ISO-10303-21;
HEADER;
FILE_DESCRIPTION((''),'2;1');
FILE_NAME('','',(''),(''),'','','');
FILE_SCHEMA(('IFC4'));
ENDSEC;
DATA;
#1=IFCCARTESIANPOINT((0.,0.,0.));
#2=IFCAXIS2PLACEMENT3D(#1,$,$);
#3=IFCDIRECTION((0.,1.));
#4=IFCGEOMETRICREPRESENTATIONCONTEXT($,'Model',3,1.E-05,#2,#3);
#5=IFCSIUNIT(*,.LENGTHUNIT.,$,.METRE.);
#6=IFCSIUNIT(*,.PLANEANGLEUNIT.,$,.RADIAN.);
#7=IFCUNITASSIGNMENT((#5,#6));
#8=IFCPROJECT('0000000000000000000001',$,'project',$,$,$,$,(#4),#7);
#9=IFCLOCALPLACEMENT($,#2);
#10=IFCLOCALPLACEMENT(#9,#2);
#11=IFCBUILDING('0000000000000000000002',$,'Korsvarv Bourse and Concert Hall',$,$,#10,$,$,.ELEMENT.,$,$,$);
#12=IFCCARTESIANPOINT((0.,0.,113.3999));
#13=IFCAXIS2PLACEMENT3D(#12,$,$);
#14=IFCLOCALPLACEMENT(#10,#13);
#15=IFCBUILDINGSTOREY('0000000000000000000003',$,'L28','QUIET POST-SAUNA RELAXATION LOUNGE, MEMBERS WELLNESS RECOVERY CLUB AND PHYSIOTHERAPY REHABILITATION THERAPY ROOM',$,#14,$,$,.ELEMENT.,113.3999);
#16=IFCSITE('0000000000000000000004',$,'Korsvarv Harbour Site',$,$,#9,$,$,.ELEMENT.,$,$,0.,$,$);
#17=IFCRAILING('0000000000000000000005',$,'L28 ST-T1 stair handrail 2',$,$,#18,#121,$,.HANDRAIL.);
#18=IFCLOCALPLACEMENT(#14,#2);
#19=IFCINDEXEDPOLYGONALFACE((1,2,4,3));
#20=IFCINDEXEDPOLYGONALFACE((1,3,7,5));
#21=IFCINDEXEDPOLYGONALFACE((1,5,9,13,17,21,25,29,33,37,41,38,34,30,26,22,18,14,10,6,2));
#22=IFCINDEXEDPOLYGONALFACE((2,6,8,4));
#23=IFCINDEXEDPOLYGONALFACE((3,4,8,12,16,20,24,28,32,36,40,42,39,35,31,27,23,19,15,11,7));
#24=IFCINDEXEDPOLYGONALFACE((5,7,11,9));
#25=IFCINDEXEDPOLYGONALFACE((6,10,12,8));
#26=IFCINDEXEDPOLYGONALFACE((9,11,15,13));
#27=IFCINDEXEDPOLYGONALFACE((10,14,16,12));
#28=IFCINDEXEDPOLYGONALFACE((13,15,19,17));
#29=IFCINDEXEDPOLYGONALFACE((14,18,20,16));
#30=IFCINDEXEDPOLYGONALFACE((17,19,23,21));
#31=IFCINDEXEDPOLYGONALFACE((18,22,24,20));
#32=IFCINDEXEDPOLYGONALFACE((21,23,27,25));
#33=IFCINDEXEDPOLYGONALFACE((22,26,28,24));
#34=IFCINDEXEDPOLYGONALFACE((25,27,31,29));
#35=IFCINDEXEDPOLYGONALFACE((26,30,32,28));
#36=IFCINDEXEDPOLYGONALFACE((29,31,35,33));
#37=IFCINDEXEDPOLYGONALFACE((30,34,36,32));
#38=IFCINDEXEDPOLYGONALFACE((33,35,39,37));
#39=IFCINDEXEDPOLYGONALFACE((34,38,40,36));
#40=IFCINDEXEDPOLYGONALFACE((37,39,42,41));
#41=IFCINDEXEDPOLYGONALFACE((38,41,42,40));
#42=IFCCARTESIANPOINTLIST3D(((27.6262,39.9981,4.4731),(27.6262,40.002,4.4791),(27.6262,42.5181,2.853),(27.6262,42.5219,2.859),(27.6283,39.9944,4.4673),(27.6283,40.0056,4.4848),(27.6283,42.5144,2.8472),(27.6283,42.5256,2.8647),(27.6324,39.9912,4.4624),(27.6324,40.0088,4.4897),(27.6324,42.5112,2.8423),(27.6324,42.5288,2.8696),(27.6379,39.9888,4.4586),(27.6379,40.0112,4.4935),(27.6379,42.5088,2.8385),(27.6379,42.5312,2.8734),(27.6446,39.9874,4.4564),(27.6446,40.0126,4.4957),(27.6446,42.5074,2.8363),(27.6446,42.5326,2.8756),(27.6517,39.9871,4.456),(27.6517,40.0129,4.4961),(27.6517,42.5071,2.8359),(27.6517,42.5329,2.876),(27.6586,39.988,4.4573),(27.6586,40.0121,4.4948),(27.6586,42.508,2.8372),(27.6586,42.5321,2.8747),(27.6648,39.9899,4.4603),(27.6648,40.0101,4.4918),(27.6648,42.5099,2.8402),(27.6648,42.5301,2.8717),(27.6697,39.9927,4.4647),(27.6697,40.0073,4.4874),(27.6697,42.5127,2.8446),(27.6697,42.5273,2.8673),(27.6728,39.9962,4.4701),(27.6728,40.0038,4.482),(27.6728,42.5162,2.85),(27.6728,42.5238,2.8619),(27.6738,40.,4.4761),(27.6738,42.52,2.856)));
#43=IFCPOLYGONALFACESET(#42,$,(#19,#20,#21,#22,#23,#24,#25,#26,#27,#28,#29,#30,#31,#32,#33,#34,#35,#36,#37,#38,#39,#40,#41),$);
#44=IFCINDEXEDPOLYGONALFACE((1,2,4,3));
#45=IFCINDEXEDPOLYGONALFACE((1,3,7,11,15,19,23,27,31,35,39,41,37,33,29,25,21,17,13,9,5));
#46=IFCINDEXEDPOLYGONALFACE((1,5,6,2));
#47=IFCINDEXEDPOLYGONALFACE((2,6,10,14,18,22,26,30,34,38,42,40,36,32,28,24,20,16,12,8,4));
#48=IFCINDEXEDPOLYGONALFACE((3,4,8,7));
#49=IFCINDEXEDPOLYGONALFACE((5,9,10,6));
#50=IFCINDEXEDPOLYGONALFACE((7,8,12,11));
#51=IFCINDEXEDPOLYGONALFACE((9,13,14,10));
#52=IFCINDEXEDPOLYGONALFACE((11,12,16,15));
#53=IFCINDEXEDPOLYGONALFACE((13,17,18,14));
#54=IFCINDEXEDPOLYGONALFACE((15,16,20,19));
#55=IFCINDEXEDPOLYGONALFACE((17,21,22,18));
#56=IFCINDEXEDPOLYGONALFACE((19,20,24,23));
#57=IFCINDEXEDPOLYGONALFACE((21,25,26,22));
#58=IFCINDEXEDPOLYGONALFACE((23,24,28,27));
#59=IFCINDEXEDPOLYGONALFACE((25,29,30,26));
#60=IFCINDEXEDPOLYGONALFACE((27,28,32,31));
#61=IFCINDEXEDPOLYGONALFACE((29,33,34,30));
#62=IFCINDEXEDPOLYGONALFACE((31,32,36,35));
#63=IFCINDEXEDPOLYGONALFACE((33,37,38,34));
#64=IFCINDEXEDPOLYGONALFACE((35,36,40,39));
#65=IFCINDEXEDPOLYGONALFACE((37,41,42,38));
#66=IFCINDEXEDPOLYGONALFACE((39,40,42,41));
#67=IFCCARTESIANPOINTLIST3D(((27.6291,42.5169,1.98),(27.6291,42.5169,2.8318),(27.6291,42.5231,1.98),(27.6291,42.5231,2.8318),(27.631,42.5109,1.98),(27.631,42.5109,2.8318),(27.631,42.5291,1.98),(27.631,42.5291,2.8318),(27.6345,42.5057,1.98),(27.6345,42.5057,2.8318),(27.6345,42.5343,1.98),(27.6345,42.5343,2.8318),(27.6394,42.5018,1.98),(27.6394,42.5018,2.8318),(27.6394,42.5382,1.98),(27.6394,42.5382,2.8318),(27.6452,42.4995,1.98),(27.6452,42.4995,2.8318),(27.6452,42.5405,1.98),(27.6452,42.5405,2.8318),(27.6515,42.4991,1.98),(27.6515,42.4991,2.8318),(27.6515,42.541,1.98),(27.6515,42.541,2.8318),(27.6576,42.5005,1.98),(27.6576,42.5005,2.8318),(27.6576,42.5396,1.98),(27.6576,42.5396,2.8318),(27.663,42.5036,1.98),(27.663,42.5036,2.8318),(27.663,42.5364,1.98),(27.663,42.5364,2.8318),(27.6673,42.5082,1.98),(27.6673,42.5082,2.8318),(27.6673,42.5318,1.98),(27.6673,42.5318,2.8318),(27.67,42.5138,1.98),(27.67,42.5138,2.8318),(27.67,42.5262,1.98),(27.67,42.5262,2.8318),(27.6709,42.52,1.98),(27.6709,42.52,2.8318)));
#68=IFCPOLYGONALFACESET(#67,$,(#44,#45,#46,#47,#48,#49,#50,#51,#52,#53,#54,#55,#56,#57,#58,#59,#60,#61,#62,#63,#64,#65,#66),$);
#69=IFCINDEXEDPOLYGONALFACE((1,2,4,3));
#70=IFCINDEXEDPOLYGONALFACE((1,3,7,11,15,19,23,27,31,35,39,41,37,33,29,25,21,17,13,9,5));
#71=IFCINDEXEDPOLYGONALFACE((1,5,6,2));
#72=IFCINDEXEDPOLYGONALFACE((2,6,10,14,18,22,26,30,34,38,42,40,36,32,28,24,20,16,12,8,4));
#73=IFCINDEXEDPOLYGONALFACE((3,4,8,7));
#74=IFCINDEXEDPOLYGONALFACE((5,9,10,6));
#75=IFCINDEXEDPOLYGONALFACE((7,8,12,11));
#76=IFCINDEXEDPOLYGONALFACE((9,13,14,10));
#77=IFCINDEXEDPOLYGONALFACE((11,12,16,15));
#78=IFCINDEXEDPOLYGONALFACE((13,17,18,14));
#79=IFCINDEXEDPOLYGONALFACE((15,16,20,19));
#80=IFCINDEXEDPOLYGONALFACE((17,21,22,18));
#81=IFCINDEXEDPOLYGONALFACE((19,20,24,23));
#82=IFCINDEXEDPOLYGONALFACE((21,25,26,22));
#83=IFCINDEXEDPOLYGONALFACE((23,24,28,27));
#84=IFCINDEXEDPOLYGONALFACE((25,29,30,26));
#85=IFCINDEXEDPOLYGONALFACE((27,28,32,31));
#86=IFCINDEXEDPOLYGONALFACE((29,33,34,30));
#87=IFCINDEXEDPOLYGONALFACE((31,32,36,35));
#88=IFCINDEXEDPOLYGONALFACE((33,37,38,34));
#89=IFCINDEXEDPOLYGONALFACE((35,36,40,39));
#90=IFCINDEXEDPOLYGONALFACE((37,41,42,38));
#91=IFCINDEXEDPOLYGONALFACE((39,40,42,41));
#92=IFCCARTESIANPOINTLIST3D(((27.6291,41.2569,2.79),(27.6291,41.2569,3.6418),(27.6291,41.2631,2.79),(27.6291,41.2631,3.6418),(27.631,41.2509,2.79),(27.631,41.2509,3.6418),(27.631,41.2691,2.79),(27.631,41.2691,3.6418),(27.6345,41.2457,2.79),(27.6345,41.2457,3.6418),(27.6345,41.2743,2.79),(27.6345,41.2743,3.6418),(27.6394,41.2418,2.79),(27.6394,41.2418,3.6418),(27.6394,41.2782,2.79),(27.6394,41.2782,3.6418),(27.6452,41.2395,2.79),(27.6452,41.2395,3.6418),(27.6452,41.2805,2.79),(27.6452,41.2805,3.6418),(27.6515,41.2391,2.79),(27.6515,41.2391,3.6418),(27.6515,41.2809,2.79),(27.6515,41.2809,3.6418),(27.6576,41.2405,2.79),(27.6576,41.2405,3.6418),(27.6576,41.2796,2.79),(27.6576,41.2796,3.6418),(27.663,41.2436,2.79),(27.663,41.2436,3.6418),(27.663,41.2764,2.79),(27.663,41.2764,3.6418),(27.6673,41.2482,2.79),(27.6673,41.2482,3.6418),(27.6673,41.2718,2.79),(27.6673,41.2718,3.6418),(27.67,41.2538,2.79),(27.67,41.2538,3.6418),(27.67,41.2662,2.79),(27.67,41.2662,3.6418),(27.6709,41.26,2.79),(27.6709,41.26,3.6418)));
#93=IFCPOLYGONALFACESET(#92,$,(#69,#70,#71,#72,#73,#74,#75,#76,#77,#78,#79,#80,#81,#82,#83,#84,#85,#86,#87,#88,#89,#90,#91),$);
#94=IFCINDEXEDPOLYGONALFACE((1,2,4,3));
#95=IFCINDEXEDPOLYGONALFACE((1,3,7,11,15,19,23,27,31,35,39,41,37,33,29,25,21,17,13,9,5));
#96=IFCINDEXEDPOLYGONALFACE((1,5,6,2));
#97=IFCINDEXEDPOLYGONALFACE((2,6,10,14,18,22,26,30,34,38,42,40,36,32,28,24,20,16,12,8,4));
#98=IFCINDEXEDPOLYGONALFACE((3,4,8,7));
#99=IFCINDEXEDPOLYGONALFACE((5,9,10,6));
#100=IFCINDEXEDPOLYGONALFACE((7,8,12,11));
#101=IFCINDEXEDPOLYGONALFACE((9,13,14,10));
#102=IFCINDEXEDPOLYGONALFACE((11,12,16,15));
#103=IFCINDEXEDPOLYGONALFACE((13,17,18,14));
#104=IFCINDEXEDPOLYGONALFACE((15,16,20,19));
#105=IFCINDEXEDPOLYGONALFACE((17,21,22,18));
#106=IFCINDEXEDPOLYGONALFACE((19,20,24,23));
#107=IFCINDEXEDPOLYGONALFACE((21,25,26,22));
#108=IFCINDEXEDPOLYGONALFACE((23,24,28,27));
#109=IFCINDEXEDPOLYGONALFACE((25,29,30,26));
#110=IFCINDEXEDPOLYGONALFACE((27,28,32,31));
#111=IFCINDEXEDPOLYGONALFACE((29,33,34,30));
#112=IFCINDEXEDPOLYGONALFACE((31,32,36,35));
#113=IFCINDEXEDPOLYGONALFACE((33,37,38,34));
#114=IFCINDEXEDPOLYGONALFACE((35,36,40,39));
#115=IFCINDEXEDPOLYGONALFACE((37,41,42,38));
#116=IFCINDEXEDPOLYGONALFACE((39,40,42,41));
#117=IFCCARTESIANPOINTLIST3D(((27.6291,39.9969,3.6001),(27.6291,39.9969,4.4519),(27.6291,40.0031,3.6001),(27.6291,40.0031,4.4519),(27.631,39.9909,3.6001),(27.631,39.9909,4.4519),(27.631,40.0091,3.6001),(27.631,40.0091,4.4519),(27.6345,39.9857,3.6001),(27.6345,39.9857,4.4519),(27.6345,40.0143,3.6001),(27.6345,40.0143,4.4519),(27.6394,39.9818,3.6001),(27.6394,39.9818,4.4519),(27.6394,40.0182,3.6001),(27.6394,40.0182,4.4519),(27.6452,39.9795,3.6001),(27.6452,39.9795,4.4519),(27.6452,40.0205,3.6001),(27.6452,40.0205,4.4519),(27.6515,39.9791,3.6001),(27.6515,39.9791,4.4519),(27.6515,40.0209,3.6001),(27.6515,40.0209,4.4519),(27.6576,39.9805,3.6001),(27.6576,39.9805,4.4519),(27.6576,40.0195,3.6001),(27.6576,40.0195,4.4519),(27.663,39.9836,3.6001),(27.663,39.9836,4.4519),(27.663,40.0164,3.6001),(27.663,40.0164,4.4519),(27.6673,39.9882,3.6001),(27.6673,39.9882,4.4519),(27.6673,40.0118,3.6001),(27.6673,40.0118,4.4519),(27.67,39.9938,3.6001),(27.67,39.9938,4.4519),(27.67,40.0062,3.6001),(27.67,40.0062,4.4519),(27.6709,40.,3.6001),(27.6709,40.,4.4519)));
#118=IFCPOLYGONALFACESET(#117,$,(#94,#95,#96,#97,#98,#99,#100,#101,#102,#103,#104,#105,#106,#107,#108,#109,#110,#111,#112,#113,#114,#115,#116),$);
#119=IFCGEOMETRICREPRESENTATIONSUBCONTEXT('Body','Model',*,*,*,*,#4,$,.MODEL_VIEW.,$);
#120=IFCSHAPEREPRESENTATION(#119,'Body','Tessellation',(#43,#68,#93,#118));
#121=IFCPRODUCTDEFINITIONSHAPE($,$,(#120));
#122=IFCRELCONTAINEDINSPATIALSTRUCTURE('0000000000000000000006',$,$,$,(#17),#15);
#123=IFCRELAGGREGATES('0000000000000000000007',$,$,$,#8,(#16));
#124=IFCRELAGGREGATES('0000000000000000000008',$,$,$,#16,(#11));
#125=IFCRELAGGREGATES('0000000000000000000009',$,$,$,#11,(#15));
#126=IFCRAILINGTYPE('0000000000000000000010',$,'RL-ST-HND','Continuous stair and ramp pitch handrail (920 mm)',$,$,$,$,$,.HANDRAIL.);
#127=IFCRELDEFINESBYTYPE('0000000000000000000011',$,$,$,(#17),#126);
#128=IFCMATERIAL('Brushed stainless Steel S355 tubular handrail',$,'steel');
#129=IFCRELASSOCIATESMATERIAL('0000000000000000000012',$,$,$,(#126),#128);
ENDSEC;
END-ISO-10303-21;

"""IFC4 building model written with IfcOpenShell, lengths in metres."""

from ifc_helpers import new_model, si_unit, direction, frame, origin, origin_2d, place, context, subcontext, project, spatial, circle, extrude, material, type_object, element, save


model = new_model("IFC4")

# Units and contexts
model_context = context("Model", 3, precision=1e-05, world=origin(), true_north=direction((0.0, 1.0)))
body_context = subcontext(model_context, "Body", "Model", "MODEL_VIEW")
ifc_project = project(units=[si_unit("LENGTHUNIT", "METRE"), si_unit("PLANEANGLEUNIT", "RADIAN")], contexts=[model_context])

# Site, building, storey
site_placement = place(None, origin())
site = spatial("IfcSite", under=ifc_project, at=site_placement, Name="Korsvarv Harbour Site", CompositionType="ELEMENT", RefElevation=0.0)
building_placement = place(site_placement, origin())
building = spatial("IfcBuilding", under=site, at=building_placement, Name="Korsvarv Bourse and Concert Hall", CompositionType="ELEMENT")
storey_placement = place(building_placement, frame((0.0, 0.0, 113.3999)))
storey = spatial("IfcBuildingStorey", under=building, at=storey_placement, Name="L28", Description="QUIET POST-SAUNA RELAXATION LOUNGE, MEMBERS WELLNESS RECOVERY CLUB AND PHYSIOTHERAPY REHABILITATION THERAPY ROOM", CompositionType="ELEMENT", Elevation=113.3999)

# Railing
ifc_material_1 = material(Name="Brushed stainless Steel S355 tubular handrail", Category="steel")
railing_type = type_object("IfcRailingType", Name="RL-ST-HND", Description="Continuous stair and ramp pitch handrail (920 mm)", PredefinedType="HANDRAIL", material=ifc_material_1)
railing_placement = place(storey_placement, frame((27.6499, 42.52, 1.98)))
element("IfcRailing", 1, at=railing_placement, inside=storey, type_object=railing_type, Name="L28 ST-T1 stair handrail 2", PredefinedType="HANDRAIL", context=body_context, shape_type="SweptSolid", body=[
    extrude(circle(Radius=0.0239, at=origin_2d()), frame((0.0, 0.0, 0.876), z_axis=(0.0, -0.841163, 0.540782), x_axis=(1.0, 0.0, 0.0)), (0.0, 0.0, 1.0), 2.9958),
    extrude(circle(Radius=0.021, at=origin_2d()), origin(), (0.0, 0.0, 1.0), 0.8518),
    extrude(circle(Radius=0.021, at=origin_2d()), frame((0.0, -1.26, 0.8101)), (0.0, 0.0, 1.0), 0.8518),
    extrude(circle(Radius=0.021, at=origin_2d()), frame((0.0, -2.52, 1.6201)), (0.0, 0.0, 1.0), 0.8518),
])

save(model, "model.ifc")
